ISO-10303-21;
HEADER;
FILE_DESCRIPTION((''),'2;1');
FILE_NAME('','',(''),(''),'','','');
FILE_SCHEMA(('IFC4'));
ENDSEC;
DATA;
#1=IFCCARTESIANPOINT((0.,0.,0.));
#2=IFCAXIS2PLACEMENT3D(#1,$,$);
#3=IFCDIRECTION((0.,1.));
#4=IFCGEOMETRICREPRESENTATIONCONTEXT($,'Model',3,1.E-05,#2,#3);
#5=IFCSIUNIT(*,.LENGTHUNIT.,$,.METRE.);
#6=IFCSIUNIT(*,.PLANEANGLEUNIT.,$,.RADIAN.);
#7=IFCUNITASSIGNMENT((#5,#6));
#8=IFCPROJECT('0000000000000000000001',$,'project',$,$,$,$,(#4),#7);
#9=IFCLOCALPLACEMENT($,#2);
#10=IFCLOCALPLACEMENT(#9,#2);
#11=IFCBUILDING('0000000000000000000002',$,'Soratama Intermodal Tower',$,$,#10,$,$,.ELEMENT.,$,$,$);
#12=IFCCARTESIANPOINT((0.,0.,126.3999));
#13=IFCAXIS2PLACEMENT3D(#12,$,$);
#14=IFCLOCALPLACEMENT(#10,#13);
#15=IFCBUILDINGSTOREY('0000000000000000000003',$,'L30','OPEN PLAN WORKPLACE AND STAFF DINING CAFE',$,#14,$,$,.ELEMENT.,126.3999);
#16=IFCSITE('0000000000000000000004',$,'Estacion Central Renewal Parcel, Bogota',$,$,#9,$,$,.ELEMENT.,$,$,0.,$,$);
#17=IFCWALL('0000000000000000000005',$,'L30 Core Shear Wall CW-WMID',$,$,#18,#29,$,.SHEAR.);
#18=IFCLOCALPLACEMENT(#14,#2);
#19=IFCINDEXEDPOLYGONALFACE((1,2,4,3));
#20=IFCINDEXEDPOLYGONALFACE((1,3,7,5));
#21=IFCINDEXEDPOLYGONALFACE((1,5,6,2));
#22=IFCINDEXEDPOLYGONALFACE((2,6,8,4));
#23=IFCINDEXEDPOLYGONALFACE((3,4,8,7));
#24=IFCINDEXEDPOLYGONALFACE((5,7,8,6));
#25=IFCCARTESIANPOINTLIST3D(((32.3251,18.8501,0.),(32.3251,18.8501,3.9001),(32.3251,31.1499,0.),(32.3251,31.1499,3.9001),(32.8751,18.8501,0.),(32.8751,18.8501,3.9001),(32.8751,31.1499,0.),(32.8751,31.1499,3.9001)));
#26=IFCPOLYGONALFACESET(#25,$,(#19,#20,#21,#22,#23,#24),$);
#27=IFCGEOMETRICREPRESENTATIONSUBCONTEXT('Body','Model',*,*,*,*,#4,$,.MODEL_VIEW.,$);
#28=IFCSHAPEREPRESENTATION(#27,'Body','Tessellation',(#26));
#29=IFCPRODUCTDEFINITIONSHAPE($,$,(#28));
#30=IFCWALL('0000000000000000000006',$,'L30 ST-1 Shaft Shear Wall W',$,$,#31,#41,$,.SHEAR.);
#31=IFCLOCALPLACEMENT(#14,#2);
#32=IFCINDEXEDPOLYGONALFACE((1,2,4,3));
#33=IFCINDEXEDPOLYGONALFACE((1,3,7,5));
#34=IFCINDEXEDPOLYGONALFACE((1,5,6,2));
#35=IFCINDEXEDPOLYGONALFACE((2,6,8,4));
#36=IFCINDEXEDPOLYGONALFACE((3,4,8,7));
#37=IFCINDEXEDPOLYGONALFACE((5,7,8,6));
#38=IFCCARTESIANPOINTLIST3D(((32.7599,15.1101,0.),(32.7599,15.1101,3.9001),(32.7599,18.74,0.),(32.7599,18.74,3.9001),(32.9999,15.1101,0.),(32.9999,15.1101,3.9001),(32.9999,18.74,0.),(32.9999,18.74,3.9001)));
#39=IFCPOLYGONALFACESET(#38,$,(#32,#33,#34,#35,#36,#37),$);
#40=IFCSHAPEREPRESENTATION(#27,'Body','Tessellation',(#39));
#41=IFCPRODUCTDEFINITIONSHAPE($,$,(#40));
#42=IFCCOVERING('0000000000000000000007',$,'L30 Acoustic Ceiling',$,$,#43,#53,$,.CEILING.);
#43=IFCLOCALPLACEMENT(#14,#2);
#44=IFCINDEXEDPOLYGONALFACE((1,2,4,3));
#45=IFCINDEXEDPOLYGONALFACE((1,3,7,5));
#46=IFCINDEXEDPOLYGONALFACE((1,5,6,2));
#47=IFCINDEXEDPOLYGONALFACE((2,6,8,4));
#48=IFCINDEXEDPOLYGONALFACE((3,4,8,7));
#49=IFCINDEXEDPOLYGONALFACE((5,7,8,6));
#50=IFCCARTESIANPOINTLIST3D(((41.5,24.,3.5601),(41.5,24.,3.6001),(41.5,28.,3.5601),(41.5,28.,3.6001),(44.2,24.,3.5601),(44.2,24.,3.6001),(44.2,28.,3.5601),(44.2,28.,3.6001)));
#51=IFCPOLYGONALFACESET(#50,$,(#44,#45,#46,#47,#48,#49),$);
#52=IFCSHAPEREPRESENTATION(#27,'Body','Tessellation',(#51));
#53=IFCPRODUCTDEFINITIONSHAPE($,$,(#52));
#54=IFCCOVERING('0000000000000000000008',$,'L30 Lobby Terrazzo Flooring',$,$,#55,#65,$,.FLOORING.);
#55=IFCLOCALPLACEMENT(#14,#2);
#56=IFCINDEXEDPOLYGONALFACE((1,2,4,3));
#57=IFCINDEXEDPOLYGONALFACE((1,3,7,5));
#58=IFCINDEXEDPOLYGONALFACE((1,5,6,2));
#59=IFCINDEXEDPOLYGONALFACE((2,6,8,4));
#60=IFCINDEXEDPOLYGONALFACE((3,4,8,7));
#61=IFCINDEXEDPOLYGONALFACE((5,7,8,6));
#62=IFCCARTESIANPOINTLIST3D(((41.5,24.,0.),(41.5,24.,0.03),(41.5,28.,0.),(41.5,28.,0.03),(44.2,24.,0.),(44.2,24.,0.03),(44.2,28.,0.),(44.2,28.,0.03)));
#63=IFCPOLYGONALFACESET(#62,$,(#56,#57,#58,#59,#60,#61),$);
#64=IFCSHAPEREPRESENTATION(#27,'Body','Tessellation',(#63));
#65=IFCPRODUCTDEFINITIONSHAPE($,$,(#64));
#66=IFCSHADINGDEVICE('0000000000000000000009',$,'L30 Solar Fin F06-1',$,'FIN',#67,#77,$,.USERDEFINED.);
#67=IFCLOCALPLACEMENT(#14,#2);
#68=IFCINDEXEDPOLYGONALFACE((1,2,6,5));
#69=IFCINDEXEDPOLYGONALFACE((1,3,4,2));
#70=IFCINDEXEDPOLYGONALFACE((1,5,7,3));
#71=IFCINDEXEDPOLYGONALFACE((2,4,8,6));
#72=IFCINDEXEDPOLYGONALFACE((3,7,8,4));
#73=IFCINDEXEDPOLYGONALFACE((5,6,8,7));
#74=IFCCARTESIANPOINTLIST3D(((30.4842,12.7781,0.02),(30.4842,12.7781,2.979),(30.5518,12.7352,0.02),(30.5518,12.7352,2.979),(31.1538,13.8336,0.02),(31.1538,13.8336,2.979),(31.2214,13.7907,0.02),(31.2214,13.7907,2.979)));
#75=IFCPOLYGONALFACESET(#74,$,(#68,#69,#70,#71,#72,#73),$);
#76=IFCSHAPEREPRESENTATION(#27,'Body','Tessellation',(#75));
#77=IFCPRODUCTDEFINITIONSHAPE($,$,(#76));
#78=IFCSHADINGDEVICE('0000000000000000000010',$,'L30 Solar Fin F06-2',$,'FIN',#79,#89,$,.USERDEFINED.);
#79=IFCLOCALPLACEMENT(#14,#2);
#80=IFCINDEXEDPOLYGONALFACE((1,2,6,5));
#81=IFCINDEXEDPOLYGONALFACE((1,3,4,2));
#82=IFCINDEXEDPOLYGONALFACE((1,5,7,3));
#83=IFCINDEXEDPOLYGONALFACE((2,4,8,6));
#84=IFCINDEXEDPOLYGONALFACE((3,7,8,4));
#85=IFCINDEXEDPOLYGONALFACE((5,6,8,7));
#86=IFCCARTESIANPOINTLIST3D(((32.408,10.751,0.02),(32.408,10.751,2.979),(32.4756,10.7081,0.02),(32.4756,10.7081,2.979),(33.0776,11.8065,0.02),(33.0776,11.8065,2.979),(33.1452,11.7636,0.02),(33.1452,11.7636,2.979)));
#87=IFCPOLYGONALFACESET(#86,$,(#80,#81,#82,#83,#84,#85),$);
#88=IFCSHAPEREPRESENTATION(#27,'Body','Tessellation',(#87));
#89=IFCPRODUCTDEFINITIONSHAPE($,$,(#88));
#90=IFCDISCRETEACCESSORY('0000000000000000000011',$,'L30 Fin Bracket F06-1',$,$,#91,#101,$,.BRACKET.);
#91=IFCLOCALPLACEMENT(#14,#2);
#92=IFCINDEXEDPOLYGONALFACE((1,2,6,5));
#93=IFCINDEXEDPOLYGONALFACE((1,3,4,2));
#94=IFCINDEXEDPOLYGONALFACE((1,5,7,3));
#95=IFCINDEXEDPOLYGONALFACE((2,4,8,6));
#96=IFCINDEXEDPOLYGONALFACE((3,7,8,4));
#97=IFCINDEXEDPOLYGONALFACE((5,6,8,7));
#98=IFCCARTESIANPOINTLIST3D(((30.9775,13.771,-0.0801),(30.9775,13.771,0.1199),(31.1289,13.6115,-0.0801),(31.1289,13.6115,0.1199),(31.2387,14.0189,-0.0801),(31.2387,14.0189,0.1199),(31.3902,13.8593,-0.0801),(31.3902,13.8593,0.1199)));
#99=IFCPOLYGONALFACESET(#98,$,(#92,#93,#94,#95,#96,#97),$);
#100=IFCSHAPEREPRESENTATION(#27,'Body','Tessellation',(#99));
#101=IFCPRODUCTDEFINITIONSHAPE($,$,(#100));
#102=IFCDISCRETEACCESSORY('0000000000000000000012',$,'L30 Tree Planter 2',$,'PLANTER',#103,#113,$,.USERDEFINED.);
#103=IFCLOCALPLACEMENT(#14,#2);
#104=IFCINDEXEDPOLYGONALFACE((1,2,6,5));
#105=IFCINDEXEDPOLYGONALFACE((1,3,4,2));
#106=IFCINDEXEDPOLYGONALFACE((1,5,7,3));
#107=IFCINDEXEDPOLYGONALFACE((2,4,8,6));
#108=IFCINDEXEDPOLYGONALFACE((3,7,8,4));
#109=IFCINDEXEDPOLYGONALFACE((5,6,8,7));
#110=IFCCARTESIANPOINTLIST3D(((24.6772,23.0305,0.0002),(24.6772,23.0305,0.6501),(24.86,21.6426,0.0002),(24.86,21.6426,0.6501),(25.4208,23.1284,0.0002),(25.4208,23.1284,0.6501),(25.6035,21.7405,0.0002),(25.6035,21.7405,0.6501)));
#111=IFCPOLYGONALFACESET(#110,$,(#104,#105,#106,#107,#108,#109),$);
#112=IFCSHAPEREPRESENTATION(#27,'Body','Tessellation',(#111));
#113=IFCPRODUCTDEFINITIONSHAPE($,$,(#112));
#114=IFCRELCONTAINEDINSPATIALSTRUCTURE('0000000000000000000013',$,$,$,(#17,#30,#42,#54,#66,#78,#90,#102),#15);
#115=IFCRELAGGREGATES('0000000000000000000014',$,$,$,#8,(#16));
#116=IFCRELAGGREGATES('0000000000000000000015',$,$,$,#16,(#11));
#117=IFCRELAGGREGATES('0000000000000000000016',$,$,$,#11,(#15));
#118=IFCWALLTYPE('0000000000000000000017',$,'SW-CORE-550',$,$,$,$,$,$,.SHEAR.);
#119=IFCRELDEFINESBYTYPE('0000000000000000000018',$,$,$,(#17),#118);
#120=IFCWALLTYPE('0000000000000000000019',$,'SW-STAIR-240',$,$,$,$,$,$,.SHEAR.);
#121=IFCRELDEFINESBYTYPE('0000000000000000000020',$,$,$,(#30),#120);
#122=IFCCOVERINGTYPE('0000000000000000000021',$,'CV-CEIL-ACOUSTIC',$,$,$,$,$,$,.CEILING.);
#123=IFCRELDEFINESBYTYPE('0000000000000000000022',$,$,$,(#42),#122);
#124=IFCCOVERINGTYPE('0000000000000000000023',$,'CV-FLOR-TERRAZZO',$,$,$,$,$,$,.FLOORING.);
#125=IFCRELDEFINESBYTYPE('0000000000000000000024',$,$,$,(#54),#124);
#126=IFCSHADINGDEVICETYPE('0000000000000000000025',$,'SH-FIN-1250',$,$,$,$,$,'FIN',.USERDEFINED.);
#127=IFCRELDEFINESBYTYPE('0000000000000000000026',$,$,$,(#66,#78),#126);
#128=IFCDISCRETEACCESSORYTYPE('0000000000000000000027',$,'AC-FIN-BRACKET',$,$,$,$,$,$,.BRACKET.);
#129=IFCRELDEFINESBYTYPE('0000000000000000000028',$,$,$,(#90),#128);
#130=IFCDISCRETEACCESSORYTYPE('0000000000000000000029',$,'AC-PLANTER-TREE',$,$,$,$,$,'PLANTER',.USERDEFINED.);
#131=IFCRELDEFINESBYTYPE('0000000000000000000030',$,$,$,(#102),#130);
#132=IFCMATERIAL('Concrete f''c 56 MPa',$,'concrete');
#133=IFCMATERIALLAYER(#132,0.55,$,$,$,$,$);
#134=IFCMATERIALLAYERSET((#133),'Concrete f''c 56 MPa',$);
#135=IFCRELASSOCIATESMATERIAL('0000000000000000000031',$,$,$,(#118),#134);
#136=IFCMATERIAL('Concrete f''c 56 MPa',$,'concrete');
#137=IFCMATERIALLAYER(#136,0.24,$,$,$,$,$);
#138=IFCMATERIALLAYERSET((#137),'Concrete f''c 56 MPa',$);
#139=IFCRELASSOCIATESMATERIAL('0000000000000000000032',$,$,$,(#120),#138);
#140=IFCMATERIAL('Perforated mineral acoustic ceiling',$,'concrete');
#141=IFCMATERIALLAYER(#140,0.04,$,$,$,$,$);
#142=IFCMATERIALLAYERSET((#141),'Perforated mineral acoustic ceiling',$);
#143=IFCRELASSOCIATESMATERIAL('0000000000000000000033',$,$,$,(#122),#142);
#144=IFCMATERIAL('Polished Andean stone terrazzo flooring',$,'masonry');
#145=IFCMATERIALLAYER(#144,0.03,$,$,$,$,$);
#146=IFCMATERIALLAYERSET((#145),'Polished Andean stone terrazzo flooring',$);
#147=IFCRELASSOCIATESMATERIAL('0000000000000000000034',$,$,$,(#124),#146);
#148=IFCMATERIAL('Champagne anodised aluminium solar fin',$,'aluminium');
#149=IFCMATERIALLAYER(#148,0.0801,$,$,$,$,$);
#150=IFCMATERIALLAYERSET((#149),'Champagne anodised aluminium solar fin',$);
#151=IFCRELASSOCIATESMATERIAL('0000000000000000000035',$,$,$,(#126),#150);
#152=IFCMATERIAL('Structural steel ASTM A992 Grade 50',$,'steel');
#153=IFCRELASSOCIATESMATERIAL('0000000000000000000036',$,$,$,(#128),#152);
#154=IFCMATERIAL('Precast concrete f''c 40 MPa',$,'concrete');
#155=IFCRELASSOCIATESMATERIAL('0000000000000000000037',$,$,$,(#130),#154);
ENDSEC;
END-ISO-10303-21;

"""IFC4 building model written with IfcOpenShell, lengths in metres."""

from ifc_helpers import new_model, si_unit, direction, frame, frame_2d, origin, origin_2d, place, context, subcontext, project, spatial, polyline, rectangle, outline, extrude, material, layer, layer_set, type_object, element, save


model = new_model("IFC4")

# Units and contexts
model_context = context("Model", 3, precision=1e-05, world=origin(), true_north=direction((0.0, 1.0)))
body_context = subcontext(model_context, "Body", "Model", "MODEL_VIEW")
ifc_project = project(units=[si_unit("LENGTHUNIT", "METRE"), si_unit("PLANEANGLEUNIT", "RADIAN")], contexts=[model_context])

# Site, building, storey
site_placement = place(None, origin())
site = spatial("IfcSite", under=ifc_project, at=site_placement, Name="Estacion Central Renewal Parcel, Bogota", CompositionType="ELEMENT", RefElevation=0.0)
building_placement = place(site_placement, origin())
building = spatial("IfcBuilding", under=site, at=building_placement, Name="Soratama Intermodal Tower", CompositionType="ELEMENT")
storey_placement = place(building_placement, frame((0.0, 0.0, 126.3999)))
storey = spatial("IfcBuildingStorey", under=building, at=storey_placement, Name="L30", Description="OPEN PLAN WORKPLACE AND STAFF DINING CAFE", CompositionType="ELEMENT", Elevation=126.3999)

# Walls
ifc_material_1 = material(Name="Concrete f'c 56 MPa", Category="concrete")
ifc_layer_1 = layer(ifc_material_1, 0.55)
ifc_layer_set_1 = layer_set([ifc_layer_1], Name="Concrete f'c 56 MPa")
wall_type_1 = type_object("IfcWallType", Name="SW-CORE-550", PredefinedType="SHEAR", material=ifc_layer_set_1)
wall_1_placement = place(storey_placement, frame((32.6001, 18.8501, 0.0), z_axis=(0.0, 0.0, 1.0), x_axis=(0.0, 1.0, 0.0)))
element("IfcWall", 1, at=wall_1_placement, inside=storey, type_object=wall_type_1, Name="L30 Core Shear Wall CW-WMID", PredefinedType="SHEAR", context=body_context, shape_type="SweptSolid", body=[
    extrude(rectangle(XDim=12.2998, YDim=0.55, at=frame_2d((6.1499, 0.0))), origin(), (0.0, 0.0, 1.0), 3.9001),
])
ifc_material_2 = material(Name="Concrete f'c 56 MPa", Category="concrete")
ifc_layer_2 = layer(ifc_material_2, 0.24)
ifc_layer_set_2 = layer_set([ifc_layer_2], Name="Concrete f'c 56 MPa")
wall_type_2 = type_object("IfcWallType", Name="SW-STAIR-240", PredefinedType="SHEAR", material=ifc_layer_set_2)
wall_2_placement = place(storey_placement, frame((32.8799, 15.1101, 0.0), z_axis=(0.0, 0.0, 1.0), x_axis=(0.0, 1.0, 0.0)))
element("IfcWall", 2, at=wall_2_placement, inside=storey, type_object=wall_type_2, Name="L30 ST-1 Shaft Shear Wall W", PredefinedType="SHEAR", context=body_context, shape_type="SweptSolid", body=[
    extrude(rectangle(XDim=3.6299, YDim=0.24, at=frame_2d((1.8149, 0.0))), origin(), (0.0, 0.0, 1.0), 3.9001),
])

# Coverings
ifc_material_3 = material(Name="Perforated mineral acoustic ceiling", Category="concrete")
ifc_layer_3 = layer(ifc_material_3, 0.04)
ifc_layer_set_3 = layer_set([ifc_layer_3], Name="Perforated mineral acoustic ceiling")
covering_type_1 = type_object("IfcCoveringType", Name="CV-CEIL-ACOUSTIC", PredefinedType="CEILING", material=ifc_layer_set_3)
covering_1_placement = place(storey_placement, frame((0.0, 0.0, 3.5601)))
element("IfcCovering", 3, at=covering_1_placement, inside=storey, type_object=covering_type_1, Name="L30 Acoustic Ceiling", PredefinedType="CEILING", context=body_context, shape_type="SweptSolid", body=[
    extrude(outline(polyline([(41.5, 24.0), (44.2, 24.0), (44.2, 28.0), (41.5, 28.0), (41.5, 24.0)])), origin(), (0.0, 0.0, 1.0), 0.04),
])
ifc_material_4 = material(Name="Polished Andean stone terrazzo flooring", Category="masonry")
ifc_layer_4 = layer(ifc_material_4, 0.03)
ifc_layer_set_4 = layer_set([ifc_layer_4], Name="Polished Andean stone terrazzo flooring")
covering_type_2 = type_object("IfcCoveringType", Name="CV-FLOR-TERRAZZO", PredefinedType="FLOORING", material=ifc_layer_set_4)
covering_2_placement = place(storey_placement, origin())
element("IfcCovering", 4, at=covering_2_placement, inside=storey, type_object=covering_type_2, Name="L30 Lobby Terrazzo Flooring", PredefinedType="FLOORING", context=body_context, shape_type="SweptSolid", body=[
    extrude(outline(polyline([(41.5, 24.0), (44.2, 24.0), (44.2, 28.0), (41.5, 28.0), (41.5, 24.0)])), origin(), (0.0, 0.0, 1.0), 0.03),
])

# Shading devices
ifc_material_5 = material(Name="Champagne anodised aluminium solar fin", Category="aluminium")
ifc_layer_5 = layer(ifc_material_5, 0.0801)
ifc_layer_set_5 = layer_set([ifc_layer_5], Name="Champagne anodised aluminium solar fin")
shading_device_type = type_object("IfcShadingDeviceType", Name="SH-FIN-1250", ElementType="FIN", PredefinedType="USERDEFINED", material=ifc_layer_set_5)
for number, where, z_axis, x_axis, name in (
    (5, (30.8528, 13.2844, 0.02), (0.0, 0.0, 1.0), (-0.535679, -0.844421, 0.0), "L30 Solar Fin F06-1"),
    (6, (32.7766, 11.2573, 0.02), (0.0, 0.0, 1.0), (-0.535679, -0.844421, 0.0), "L30 Solar Fin F06-2"),
):
    element("IfcShadingDevice", number, at=place(storey_placement, frame(where, z_axis=z_axis, x_axis=x_axis)), inside=storey, type_object=shading_device_type, Name=name, ObjectType="FIN", PredefinedType="USERDEFINED", context=body_context, shape_type="SweptSolid", body=[
        extrude(rectangle(XDim=1.25, YDim=0.0801, at=origin_2d()), origin(), (0.0, 0.0, 1.0), 2.959),
    ])

# Discrete accessories
ifc_material_6 = material(Name="Structural steel ASTM A992 Grade 50", Category="steel")
discrete_accessory_type_1 = type_object("IfcDiscreteAccessoryType", Name="AC-FIN-BRACKET", PredefinedType="BRACKET", material=ifc_material_6)
discrete_accessory_1_placement = place(storey_placement, frame((31.1838, 13.8152, -0.0801), z_axis=(0.0, 0.0, 1.0), x_axis=(-0.725374, -0.688355, 0.0)))
element("IfcDiscreteAccessory", 7, at=discrete_accessory_1_placement, inside=storey, type_object=discrete_accessory_type_1, Name="L30 Fin Bracket F06-1", PredefinedType="BRACKET", context=body_context, shape_type="SweptSolid", body=[
    extrude(rectangle(XDim=0.3601, YDim=0.22, at=origin_2d()), origin(), (0.0, 0.0, 1.0), 0.2),
])
ifc_material_7 = material(Name="Precast concrete f'c 40 MPa", Category="concrete")
discrete_accessory_type_2 = type_object("IfcDiscreteAccessoryType", Name="AC-PLANTER-TREE", ElementType="PLANTER", PredefinedType="USERDEFINED", material=ifc_material_7)
discrete_accessory_2_placement = place(storey_placement, frame((25.1404, 22.3855, 0.0002), z_axis=(0.0, 0.0, 1.0), x_axis=(-0.991445, -0.130526, 0.0)))
element("IfcDiscreteAccessory", 8, at=discrete_accessory_2_placement, inside=storey, type_object=discrete_accessory_type_2, Name="L30 Tree Planter 2", ObjectType="PLANTER", PredefinedType="USERDEFINED", context=body_context, shape_type="SweptSolid", body=[
    extrude(rectangle(XDim=0.75, YDim=1.3999, at=origin_2d()), origin(), (0.0, 0.0, 1.0), 0.6499),
])

save(model, "model.ifc")
